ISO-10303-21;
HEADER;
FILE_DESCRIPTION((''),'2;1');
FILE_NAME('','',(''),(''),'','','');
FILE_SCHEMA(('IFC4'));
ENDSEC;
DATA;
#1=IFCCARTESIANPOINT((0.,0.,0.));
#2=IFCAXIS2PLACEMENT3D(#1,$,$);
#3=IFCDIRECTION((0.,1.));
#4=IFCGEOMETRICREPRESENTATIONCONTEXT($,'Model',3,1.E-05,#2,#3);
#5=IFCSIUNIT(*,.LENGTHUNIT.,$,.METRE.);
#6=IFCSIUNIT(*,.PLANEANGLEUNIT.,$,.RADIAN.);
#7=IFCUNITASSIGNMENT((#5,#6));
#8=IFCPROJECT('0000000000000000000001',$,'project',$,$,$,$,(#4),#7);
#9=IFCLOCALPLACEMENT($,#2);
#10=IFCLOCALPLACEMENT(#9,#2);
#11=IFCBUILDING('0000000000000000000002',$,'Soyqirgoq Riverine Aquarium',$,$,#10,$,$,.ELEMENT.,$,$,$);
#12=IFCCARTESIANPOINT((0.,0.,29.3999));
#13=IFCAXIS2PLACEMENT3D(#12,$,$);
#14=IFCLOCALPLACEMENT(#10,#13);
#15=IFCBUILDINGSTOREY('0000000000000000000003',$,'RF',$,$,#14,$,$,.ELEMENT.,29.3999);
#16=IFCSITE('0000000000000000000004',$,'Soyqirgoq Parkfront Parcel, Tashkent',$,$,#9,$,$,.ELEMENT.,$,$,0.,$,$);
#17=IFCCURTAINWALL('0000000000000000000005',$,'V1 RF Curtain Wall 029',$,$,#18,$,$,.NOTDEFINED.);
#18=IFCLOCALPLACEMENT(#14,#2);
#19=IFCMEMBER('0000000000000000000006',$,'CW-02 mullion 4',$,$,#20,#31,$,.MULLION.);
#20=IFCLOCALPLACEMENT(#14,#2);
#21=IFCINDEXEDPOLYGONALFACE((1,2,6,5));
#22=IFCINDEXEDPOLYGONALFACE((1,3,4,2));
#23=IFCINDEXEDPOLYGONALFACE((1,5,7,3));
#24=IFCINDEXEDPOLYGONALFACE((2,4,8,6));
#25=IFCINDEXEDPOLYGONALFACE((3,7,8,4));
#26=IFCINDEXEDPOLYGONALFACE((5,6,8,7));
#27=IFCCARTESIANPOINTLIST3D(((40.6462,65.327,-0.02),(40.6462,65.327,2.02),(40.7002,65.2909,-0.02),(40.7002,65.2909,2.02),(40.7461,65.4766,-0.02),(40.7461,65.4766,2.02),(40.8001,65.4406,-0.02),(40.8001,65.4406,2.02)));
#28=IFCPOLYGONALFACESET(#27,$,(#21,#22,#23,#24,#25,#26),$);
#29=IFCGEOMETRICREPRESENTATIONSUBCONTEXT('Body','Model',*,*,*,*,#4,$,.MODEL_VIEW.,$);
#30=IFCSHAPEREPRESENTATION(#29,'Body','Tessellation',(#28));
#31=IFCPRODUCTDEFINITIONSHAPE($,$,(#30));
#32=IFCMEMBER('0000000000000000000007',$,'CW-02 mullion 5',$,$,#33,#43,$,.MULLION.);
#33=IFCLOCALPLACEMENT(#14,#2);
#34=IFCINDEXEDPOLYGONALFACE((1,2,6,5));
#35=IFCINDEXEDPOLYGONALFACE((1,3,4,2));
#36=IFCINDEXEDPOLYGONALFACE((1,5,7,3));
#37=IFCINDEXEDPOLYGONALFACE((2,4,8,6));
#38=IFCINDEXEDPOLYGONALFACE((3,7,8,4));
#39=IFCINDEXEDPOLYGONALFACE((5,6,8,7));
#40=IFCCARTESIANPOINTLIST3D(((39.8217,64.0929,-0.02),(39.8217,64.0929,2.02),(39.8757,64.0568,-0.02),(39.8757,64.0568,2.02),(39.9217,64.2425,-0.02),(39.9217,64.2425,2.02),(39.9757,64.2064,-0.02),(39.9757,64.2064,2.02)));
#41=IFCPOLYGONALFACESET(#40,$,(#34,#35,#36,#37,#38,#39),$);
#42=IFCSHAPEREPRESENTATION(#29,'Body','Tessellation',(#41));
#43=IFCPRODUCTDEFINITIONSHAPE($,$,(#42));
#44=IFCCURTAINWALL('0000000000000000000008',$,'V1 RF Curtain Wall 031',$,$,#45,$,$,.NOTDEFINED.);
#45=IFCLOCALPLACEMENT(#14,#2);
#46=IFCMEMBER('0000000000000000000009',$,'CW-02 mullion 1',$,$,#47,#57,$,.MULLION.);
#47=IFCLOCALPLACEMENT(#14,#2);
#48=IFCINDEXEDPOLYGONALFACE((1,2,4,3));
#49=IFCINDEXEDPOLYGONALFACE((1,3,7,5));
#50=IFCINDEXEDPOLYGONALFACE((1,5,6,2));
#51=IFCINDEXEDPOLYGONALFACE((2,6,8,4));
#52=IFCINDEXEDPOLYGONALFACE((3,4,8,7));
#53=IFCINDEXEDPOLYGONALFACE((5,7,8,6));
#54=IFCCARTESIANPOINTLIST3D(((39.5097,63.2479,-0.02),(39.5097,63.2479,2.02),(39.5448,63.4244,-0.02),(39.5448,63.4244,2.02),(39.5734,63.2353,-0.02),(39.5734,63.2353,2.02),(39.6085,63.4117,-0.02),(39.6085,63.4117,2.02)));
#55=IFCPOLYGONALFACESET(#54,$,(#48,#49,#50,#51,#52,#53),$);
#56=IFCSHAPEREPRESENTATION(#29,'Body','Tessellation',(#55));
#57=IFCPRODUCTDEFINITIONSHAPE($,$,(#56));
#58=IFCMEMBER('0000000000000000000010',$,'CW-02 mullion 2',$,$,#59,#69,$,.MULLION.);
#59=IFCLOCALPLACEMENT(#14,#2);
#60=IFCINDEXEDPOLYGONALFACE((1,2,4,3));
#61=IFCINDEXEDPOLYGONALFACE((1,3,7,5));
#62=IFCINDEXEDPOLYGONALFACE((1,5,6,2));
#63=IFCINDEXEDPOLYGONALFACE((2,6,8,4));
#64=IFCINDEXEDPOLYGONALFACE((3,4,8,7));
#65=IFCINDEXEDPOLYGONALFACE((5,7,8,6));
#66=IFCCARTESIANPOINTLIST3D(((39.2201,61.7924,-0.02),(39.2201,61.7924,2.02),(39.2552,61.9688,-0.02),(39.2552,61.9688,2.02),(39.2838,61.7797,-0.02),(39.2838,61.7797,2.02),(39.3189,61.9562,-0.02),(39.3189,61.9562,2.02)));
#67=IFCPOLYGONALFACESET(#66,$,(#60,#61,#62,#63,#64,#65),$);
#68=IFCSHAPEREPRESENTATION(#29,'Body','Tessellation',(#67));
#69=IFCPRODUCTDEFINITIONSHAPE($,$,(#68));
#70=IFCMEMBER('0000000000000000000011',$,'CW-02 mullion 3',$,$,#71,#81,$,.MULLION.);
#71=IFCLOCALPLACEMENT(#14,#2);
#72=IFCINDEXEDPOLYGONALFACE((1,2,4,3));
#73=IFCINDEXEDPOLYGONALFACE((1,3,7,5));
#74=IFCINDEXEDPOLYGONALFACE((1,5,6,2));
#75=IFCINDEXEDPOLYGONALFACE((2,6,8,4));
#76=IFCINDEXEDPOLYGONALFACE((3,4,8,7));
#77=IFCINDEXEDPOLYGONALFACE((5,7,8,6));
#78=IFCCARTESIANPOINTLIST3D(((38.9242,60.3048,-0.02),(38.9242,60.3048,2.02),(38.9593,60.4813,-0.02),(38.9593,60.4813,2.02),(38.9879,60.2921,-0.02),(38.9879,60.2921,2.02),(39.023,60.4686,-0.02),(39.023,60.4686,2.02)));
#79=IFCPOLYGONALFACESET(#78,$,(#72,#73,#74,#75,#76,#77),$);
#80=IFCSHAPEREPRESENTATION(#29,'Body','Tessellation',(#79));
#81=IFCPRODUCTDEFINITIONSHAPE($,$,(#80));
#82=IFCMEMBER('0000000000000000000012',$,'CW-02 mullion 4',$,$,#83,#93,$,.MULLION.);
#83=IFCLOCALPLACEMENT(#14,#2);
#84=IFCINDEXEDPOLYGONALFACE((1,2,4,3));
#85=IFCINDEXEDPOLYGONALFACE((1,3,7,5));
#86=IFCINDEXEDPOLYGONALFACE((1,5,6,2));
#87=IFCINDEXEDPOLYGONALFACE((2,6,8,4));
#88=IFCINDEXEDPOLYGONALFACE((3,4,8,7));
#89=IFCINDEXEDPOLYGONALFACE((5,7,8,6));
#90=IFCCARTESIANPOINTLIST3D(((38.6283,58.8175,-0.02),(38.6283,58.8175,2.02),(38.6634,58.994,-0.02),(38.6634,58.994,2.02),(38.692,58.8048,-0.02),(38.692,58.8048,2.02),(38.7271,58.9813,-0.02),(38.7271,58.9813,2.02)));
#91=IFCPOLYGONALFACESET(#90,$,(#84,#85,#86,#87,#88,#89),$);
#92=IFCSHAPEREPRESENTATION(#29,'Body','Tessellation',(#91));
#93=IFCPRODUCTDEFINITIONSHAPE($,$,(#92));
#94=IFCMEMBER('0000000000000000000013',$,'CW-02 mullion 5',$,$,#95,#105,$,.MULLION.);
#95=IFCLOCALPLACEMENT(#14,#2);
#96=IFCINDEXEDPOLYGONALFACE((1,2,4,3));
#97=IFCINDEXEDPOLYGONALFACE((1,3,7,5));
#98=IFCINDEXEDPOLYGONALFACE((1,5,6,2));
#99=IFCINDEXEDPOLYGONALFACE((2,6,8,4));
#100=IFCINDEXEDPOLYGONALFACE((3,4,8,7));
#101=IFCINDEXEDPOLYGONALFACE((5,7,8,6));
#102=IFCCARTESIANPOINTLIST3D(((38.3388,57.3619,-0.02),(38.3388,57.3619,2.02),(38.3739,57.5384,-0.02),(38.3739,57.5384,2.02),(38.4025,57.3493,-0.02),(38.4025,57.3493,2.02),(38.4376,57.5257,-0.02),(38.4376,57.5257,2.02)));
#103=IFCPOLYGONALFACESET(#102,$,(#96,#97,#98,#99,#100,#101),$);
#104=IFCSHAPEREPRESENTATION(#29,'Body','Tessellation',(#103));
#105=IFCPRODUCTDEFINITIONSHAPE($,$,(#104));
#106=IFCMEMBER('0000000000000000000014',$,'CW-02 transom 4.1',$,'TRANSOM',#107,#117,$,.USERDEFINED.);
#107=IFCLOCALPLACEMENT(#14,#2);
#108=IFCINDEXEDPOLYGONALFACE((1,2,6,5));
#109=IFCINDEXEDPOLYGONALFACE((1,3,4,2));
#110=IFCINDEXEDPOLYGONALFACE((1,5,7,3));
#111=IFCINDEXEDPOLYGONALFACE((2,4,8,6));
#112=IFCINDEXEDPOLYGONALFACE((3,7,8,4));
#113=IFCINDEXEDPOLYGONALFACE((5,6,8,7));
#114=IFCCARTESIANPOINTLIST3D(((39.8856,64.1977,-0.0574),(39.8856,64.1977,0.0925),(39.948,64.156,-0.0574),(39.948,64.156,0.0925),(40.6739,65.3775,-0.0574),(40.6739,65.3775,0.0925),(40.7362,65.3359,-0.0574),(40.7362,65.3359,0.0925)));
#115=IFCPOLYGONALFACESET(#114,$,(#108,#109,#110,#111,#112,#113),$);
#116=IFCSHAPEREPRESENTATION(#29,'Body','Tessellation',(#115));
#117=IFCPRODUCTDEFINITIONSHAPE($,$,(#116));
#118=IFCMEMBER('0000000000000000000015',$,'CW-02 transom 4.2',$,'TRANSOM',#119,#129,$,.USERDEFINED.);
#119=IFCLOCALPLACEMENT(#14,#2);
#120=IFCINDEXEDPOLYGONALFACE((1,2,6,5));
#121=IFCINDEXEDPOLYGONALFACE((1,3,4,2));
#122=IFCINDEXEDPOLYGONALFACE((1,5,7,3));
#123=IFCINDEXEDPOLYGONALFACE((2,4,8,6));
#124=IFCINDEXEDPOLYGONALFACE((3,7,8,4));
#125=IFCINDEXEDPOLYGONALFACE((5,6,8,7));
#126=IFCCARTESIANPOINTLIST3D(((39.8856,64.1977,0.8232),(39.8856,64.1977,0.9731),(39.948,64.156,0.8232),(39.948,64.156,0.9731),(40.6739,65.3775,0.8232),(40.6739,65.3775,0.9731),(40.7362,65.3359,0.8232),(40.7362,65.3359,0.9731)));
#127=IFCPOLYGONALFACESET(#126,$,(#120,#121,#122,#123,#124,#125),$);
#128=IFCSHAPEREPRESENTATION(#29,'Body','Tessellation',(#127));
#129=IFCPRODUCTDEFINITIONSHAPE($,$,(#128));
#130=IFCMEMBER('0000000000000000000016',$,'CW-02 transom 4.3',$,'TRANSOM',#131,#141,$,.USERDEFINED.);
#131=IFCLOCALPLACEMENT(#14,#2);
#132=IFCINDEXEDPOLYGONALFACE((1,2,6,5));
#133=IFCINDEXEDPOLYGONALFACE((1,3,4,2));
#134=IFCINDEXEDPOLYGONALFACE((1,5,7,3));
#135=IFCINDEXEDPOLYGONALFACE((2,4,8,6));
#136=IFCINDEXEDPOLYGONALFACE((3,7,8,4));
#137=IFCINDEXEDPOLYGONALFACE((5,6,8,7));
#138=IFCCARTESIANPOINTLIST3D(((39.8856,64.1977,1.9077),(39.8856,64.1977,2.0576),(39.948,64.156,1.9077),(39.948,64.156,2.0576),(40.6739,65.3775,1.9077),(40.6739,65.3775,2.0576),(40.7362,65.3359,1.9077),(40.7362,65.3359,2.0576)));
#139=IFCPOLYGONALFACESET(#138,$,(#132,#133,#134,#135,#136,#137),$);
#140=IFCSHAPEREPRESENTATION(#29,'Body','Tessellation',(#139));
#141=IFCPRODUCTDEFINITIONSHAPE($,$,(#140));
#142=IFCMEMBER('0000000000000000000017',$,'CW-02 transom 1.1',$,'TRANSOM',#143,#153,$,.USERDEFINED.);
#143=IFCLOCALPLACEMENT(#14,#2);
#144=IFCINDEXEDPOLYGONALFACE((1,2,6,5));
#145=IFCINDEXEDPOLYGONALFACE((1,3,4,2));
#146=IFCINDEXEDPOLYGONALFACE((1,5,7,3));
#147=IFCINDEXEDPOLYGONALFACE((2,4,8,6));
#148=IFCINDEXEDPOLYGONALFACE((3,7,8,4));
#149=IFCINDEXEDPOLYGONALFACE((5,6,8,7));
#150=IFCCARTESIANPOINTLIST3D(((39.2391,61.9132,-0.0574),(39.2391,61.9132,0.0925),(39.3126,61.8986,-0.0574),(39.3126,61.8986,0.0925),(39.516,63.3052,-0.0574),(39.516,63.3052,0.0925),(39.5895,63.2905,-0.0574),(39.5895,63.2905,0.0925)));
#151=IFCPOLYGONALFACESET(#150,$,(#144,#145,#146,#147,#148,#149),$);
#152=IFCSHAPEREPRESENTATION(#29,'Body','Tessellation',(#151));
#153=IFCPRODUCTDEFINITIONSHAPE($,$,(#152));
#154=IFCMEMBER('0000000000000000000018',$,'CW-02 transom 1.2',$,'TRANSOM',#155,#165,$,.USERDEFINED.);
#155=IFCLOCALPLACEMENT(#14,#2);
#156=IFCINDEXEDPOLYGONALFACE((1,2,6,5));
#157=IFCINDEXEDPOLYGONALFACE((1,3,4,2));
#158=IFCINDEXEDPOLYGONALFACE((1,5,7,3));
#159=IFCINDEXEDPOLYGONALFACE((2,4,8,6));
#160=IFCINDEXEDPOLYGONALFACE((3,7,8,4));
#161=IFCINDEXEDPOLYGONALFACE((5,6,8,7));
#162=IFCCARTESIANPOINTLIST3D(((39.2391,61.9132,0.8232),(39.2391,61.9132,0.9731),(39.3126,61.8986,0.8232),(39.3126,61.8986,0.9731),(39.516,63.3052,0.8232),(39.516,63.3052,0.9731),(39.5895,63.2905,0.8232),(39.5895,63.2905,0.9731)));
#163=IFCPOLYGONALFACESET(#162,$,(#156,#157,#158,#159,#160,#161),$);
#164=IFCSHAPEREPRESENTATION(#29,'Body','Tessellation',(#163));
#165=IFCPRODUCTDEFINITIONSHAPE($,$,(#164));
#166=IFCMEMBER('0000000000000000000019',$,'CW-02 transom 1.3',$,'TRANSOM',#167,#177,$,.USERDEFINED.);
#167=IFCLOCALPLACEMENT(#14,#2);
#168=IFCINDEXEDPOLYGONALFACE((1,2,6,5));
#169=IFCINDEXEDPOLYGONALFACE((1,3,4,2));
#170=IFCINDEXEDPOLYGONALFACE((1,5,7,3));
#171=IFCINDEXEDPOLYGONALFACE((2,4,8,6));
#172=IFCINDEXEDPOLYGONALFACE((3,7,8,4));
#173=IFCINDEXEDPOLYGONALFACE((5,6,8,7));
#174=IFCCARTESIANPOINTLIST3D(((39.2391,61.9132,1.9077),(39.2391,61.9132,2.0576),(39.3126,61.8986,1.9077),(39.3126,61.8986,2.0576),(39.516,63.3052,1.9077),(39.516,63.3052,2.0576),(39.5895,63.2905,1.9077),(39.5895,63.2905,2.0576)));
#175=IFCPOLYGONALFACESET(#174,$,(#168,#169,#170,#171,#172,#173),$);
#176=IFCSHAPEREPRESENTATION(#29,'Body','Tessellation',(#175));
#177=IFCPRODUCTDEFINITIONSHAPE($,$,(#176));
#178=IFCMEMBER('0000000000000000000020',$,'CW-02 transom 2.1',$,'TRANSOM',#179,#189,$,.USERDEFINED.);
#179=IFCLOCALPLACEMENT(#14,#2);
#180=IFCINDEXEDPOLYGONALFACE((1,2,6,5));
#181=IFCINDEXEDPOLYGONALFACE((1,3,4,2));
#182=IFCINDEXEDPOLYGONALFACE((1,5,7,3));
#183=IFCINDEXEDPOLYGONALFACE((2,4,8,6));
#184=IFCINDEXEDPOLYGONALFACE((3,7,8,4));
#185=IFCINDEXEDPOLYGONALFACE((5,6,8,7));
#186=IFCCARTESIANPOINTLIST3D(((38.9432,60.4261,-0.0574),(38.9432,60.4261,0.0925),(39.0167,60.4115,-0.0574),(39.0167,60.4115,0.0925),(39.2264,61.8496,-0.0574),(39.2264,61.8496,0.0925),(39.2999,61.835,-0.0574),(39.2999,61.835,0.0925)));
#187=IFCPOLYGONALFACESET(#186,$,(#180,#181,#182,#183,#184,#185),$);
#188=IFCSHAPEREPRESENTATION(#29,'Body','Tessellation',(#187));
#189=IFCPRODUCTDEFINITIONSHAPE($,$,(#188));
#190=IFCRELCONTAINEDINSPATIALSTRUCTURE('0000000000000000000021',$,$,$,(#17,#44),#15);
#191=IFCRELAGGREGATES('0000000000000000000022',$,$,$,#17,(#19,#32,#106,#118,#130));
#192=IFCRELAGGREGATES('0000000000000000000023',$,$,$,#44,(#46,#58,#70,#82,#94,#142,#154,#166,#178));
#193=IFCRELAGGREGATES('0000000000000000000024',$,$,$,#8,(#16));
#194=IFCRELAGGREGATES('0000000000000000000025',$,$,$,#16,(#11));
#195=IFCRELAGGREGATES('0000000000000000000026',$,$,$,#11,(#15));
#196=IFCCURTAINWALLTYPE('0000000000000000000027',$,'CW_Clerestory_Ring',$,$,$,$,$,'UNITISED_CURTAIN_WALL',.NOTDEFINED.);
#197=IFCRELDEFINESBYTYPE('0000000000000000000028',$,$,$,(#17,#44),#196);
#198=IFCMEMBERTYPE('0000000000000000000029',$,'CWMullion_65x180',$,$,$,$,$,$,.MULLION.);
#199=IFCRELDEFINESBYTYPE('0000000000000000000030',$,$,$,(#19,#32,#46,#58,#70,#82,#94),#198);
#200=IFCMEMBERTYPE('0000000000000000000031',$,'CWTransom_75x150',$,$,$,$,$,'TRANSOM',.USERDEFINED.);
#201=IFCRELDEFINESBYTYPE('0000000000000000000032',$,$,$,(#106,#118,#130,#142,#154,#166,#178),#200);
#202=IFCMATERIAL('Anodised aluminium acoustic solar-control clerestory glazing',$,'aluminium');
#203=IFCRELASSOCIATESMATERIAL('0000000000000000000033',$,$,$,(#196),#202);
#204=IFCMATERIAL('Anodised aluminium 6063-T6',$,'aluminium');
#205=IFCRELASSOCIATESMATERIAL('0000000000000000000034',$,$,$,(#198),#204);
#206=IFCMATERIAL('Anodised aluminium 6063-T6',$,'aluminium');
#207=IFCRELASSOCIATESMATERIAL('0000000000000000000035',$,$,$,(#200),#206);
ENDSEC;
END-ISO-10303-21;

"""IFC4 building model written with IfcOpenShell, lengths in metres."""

from ifc_helpers import new_model, si_unit, direction, frame, origin, origin_2d, place, context, subcontext, project, spatial, rectangle, extrude, material, material_profile, profile_set, type_object, element, aggregate, save


model = new_model("IFC4")

# Units and contexts
model_context = context("Model", 3, precision=1e-05, world=origin(), true_north=direction((0.0, 1.0)))
body_context = subcontext(model_context, "Body", "Model", "MODEL_VIEW")
ifc_project = project(units=[si_unit("LENGTHUNIT", "METRE"), si_unit("PLANEANGLEUNIT", "RADIAN")], contexts=[model_context])

# Site, building, storey
site_placement = place(None, origin())
site = spatial("IfcSite", under=ifc_project, at=site_placement, Name="Soyqirgoq Parkfront Parcel, Tashkent", CompositionType="ELEMENT", RefElevation=0.0)
building_placement = place(site_placement, origin())
building = spatial("IfcBuilding", under=site, at=building_placement, Name="Soyqirgoq Riverine Aquarium", CompositionType="ELEMENT")
storey_placement = place(building_placement, frame((0.0, 0.0, 29.3999)))
storey = spatial("IfcBuildingStorey", under=building, at=storey_placement, Name="RF", CompositionType="ELEMENT", Elevation=29.3999)

# Curtain walls, members
ifc_material_1 = material(Name="Anodised aluminium acoustic solar-control clerestory glazing", Category="aluminium")
curtain_wall_type = type_object("IfcCurtainWallType", Name="CW_Clerestory_Ring", ElementType="UNITISED_CURTAIN_WALL", PredefinedType="NOTDEFINED", material=ifc_material_1)
curtain_wall_1_placement = place(storey_placement, origin())
curtain_wall_1 = element("IfcCurtainWall", 1, at=curtain_wall_1_placement, inside=storey, type_object=curtain_wall_type, Name="V1 RF Curtain Wall 029", PredefinedType="NOTDEFINED")
ifc_material_2 = material(Name="Anodised aluminium 6063-T6", Category="aluminium")
ifc_material_profile_1 = material_profile(ifc_material_2, rectangle(XDim=0.0649, YDim=0.1799, at=origin_2d()), Name="ALU-M 65x180")
ifc_profile_set_1 = profile_set([ifc_material_profile_1], Name="Anodised aluminium 6063-T6")
member_type_1 = type_object("IfcMemberType", Name="CWMullion_65x180", PredefinedType="MULLION", material=ifc_profile_set_1)
member_1_placement = place(storey_placement, frame((40.7231, 65.3838, -0.02), z_axis=(0.0, 0.0, 1.0), x_axis=(0.831464, -0.555579, 0.0)))
member_1 = element("IfcMember", 2, at=member_1_placement, type_object=member_type_1, Name="CW-02 mullion 4", PredefinedType="MULLION", context=body_context, shape_type="SweptSolid", body=[
    extrude(rectangle(XDim=0.0649, YDim=0.1799, at=origin_2d()), origin(), (0.0, 0.0, 1.0), 2.04),
])
member_2_placement = place(storey_placement, frame((39.8987, 64.1497, -0.02), z_axis=(0.0, 0.0, 1.0), x_axis=(0.831464, -0.555579, 0.0)))
member_2 = element("IfcMember", 3, at=member_2_placement, type_object=member_type_1, Name="CW-02 mullion 5", PredefinedType="MULLION", context=body_context, shape_type="SweptSolid", body=[
    extrude(rectangle(XDim=0.0649, YDim=0.1799, at=origin_2d()), origin(), (0.0, 0.0, 1.0), 2.04),
])
curtain_wall_2_placement = place(storey_placement, origin())
curtain_wall_2 = element("IfcCurtainWall", 4, at=curtain_wall_2_placement, inside=storey, type_object=curtain_wall_type, Name="V1 RF Curtain Wall 031", PredefinedType="NOTDEFINED")
member_3_placement = place(storey_placement, frame((39.5591, 63.3298, -0.02), z_axis=(0.0, 0.0, 1.0), x_axis=(0.980784, -0.195095, 0.0)))
member_3 = element("IfcMember", 5, at=member_3_placement, type_object=member_type_1, Name="CW-02 mullion 1", PredefinedType="MULLION", context=body_context, shape_type="SweptSolid", body=[
    extrude(rectangle(XDim=0.0649, YDim=0.1799, at=origin_2d()), origin(), (0.0, 0.0, 1.0), 2.04),
])
member_4_placement = place(storey_placement, frame((39.2695, 61.8743, -0.02), z_axis=(0.0, 0.0, 1.0), x_axis=(0.980784, -0.195095, 0.0)))
member_4 = element("IfcMember", 6, at=member_4_placement, type_object=member_type_1, Name="CW-02 mullion 2", PredefinedType="MULLION", context=body_context, shape_type="SweptSolid", body=[
    extrude(rectangle(XDim=0.0649, YDim=0.1799, at=origin_2d()), origin(), (0.0, 0.0, 1.0), 2.04),
])
member_5_placement = place(storey_placement, frame((38.9736, 60.3867, -0.02), z_axis=(0.0, 0.0, 1.0), x_axis=(0.980784, -0.195095, 0.0)))
member_5 = element("IfcMember", 7, at=member_5_placement, type_object=member_type_1, Name="CW-02 mullion 3", PredefinedType="MULLION", context=body_context, shape_type="SweptSolid", body=[
    extrude(rectangle(XDim=0.0649, YDim=0.1799, at=origin_2d()), origin(), (0.0, 0.0, 1.0), 2.04),
])
member_6_placement = place(storey_placement, frame((38.6777, 58.8994, -0.02), z_axis=(0.0, 0.0, 1.0), x_axis=(0.980784, -0.195095, 0.0)))
member_6 = element("IfcMember", 8, at=member_6_placement, type_object=member_type_1, Name="CW-02 mullion 4", PredefinedType="MULLION", context=body_context, shape_type="SweptSolid", body=[
    extrude(rectangle(XDim=0.0649, YDim=0.1799, at=origin_2d()), origin(), (0.0, 0.0, 1.0), 2.04),
])
member_7_placement = place(storey_placement, frame((38.3882, 57.4438, -0.02), z_axis=(0.0, 0.0, 1.0), x_axis=(0.980784, -0.195095, 0.0)))
member_7 = element("IfcMember", 9, at=member_7_placement, type_object=member_type_1, Name="CW-02 mullion 5", PredefinedType="MULLION", context=body_context, shape_type="SweptSolid", body=[
    extrude(rectangle(XDim=0.0649, YDim=0.1799, at=origin_2d()), origin(), (0.0, 0.0, 1.0), 2.04),
])

# Members
ifc_material_3 = material(Name="Anodised aluminium 6063-T6", Category="aluminium")
ifc_material_profile_2 = material_profile(ifc_material_3, rectangle(XDim=0.075, YDim=0.1499, at=origin_2d()), Name="ALU-T 75x150")
ifc_profile_set_2 = profile_set([ifc_material_profile_2], Name="Anodised aluminium 6063-T6")
member_type_2 = type_object("IfcMemberType", Name="CWTransom_75x150", ElementType="TRANSOM", PredefinedType="USERDEFINED", material=ifc_profile_set_2)
member_8_placement = place(storey_placement, frame((40.7051, 65.3567, 0.0176), z_axis=(-0.555534, -0.831494, 0.0), x_axis=(0.831494, -0.555534, 0.0)))
member_8 = element("IfcMember", 10, at=member_8_placement, type_object=member_type_2, Name="CW-02 transom 4.1", ObjectType="TRANSOM", PredefinedType="USERDEFINED", context=body_context, shape_type="SweptSolid", body=[
    extrude(rectangle(XDim=0.075, YDim=0.1499, at=origin_2d()), origin(), (0.0, 0.0, 1.0), 1.4189),
])
member_9_placement = place(storey_placement, frame((40.7051, 65.3567, 0.8982), z_axis=(-0.555534, -0.831494, 0.0), x_axis=(0.831494, -0.555534, 0.0)))
member_9 = element("IfcMember", 11, at=member_9_placement, type_object=member_type_2, Name="CW-02 transom 4.2", ObjectType="TRANSOM", PredefinedType="USERDEFINED", context=body_context, shape_type="SweptSolid", body=[
    extrude(rectangle(XDim=0.075, YDim=0.1499, at=origin_2d()), origin(), (0.0, 0.0, 1.0), 1.4189),
])
member_10_placement = place(storey_placement, frame((40.7051, 65.3567, 1.9827), z_axis=(-0.555534, -0.831494, 0.0), x_axis=(0.831494, -0.555534, 0.0)))
member_10 = element("IfcMember", 12, at=member_10_placement, type_object=member_type_2, Name="CW-02 transom 4.3", ObjectType="TRANSOM", PredefinedType="USERDEFINED", context=body_context, shape_type="SweptSolid", body=[
    extrude(rectangle(XDim=0.075, YDim=0.1499, at=origin_2d()), origin(), (0.0, 0.0, 1.0), 1.4189),
])
member_11_placement = place(storey_placement, frame((39.5527, 63.2979, 0.0176), z_axis=(-0.19509, -0.980785, 0.0), x_axis=(0.980785, -0.19509, 0.0)))
member_11 = element("IfcMember", 13, at=member_11_placement, type_object=member_type_2, Name="CW-02 transom 1.1", ObjectType="TRANSOM", PredefinedType="USERDEFINED", context=body_context, shape_type="SweptSolid", body=[
    extrude(rectangle(XDim=0.075, YDim=0.1499, at=origin_2d()), origin(), (0.0, 0.0, 1.0), 1.4192),
])
member_12_placement = place(storey_placement, frame((39.5527, 63.2979, 0.8982), z_axis=(-0.19509, -0.980785, 0.0), x_axis=(0.980785, -0.19509, 0.0)))
member_12 = element("IfcMember", 14, at=member_12_placement, type_object=member_type_2, Name="CW-02 transom 1.2", ObjectType="TRANSOM", PredefinedType="USERDEFINED", context=body_context, shape_type="SweptSolid", body=[
    extrude(rectangle(XDim=0.075, YDim=0.1499, at=origin_2d()), origin(), (0.0, 0.0, 1.0), 1.4192),
])
member_13_placement = place(storey_placement, frame((39.5527, 63.2979, 1.9827), z_axis=(-0.19509, -0.980785, 0.0), x_axis=(0.980785, -0.19509, 0.0)))
member_13 = element("IfcMember", 15, at=member_13_placement, type_object=member_type_2, Name="CW-02 transom 1.3", ObjectType="TRANSOM", PredefinedType="USERDEFINED", context=body_context, shape_type="SweptSolid", body=[
    extrude(rectangle(XDim=0.075, YDim=0.1499, at=origin_2d()), origin(), (0.0, 0.0, 1.0), 1.4192),
])
member_14_placement = place(storey_placement, frame((39.2632, 61.8423, 0.0176), z_axis=(-0.195113, -0.980781, 0.0), x_axis=(0.980781, -0.195113, 0.0)))
member_14 = element("IfcMember", 16, at=member_14_placement, type_object=member_type_2, Name="CW-02 transom 2.1", ObjectType="TRANSOM", PredefinedType="USERDEFINED", context=body_context, shape_type="SweptSolid", body=[
    extrude(rectangle(XDim=0.075, YDim=0.1499, at=origin_2d()), origin(), (0.0, 0.0, 1.0), 1.4514),
])

aggregate(curtain_wall_1, [member_1, member_2, member_8, member_9, member_10])
aggregate(curtain_wall_2, [member_3, member_4, member_5, member_6, member_7, member_11, member_12, member_13, member_14])

save(model, "model.ifc")
